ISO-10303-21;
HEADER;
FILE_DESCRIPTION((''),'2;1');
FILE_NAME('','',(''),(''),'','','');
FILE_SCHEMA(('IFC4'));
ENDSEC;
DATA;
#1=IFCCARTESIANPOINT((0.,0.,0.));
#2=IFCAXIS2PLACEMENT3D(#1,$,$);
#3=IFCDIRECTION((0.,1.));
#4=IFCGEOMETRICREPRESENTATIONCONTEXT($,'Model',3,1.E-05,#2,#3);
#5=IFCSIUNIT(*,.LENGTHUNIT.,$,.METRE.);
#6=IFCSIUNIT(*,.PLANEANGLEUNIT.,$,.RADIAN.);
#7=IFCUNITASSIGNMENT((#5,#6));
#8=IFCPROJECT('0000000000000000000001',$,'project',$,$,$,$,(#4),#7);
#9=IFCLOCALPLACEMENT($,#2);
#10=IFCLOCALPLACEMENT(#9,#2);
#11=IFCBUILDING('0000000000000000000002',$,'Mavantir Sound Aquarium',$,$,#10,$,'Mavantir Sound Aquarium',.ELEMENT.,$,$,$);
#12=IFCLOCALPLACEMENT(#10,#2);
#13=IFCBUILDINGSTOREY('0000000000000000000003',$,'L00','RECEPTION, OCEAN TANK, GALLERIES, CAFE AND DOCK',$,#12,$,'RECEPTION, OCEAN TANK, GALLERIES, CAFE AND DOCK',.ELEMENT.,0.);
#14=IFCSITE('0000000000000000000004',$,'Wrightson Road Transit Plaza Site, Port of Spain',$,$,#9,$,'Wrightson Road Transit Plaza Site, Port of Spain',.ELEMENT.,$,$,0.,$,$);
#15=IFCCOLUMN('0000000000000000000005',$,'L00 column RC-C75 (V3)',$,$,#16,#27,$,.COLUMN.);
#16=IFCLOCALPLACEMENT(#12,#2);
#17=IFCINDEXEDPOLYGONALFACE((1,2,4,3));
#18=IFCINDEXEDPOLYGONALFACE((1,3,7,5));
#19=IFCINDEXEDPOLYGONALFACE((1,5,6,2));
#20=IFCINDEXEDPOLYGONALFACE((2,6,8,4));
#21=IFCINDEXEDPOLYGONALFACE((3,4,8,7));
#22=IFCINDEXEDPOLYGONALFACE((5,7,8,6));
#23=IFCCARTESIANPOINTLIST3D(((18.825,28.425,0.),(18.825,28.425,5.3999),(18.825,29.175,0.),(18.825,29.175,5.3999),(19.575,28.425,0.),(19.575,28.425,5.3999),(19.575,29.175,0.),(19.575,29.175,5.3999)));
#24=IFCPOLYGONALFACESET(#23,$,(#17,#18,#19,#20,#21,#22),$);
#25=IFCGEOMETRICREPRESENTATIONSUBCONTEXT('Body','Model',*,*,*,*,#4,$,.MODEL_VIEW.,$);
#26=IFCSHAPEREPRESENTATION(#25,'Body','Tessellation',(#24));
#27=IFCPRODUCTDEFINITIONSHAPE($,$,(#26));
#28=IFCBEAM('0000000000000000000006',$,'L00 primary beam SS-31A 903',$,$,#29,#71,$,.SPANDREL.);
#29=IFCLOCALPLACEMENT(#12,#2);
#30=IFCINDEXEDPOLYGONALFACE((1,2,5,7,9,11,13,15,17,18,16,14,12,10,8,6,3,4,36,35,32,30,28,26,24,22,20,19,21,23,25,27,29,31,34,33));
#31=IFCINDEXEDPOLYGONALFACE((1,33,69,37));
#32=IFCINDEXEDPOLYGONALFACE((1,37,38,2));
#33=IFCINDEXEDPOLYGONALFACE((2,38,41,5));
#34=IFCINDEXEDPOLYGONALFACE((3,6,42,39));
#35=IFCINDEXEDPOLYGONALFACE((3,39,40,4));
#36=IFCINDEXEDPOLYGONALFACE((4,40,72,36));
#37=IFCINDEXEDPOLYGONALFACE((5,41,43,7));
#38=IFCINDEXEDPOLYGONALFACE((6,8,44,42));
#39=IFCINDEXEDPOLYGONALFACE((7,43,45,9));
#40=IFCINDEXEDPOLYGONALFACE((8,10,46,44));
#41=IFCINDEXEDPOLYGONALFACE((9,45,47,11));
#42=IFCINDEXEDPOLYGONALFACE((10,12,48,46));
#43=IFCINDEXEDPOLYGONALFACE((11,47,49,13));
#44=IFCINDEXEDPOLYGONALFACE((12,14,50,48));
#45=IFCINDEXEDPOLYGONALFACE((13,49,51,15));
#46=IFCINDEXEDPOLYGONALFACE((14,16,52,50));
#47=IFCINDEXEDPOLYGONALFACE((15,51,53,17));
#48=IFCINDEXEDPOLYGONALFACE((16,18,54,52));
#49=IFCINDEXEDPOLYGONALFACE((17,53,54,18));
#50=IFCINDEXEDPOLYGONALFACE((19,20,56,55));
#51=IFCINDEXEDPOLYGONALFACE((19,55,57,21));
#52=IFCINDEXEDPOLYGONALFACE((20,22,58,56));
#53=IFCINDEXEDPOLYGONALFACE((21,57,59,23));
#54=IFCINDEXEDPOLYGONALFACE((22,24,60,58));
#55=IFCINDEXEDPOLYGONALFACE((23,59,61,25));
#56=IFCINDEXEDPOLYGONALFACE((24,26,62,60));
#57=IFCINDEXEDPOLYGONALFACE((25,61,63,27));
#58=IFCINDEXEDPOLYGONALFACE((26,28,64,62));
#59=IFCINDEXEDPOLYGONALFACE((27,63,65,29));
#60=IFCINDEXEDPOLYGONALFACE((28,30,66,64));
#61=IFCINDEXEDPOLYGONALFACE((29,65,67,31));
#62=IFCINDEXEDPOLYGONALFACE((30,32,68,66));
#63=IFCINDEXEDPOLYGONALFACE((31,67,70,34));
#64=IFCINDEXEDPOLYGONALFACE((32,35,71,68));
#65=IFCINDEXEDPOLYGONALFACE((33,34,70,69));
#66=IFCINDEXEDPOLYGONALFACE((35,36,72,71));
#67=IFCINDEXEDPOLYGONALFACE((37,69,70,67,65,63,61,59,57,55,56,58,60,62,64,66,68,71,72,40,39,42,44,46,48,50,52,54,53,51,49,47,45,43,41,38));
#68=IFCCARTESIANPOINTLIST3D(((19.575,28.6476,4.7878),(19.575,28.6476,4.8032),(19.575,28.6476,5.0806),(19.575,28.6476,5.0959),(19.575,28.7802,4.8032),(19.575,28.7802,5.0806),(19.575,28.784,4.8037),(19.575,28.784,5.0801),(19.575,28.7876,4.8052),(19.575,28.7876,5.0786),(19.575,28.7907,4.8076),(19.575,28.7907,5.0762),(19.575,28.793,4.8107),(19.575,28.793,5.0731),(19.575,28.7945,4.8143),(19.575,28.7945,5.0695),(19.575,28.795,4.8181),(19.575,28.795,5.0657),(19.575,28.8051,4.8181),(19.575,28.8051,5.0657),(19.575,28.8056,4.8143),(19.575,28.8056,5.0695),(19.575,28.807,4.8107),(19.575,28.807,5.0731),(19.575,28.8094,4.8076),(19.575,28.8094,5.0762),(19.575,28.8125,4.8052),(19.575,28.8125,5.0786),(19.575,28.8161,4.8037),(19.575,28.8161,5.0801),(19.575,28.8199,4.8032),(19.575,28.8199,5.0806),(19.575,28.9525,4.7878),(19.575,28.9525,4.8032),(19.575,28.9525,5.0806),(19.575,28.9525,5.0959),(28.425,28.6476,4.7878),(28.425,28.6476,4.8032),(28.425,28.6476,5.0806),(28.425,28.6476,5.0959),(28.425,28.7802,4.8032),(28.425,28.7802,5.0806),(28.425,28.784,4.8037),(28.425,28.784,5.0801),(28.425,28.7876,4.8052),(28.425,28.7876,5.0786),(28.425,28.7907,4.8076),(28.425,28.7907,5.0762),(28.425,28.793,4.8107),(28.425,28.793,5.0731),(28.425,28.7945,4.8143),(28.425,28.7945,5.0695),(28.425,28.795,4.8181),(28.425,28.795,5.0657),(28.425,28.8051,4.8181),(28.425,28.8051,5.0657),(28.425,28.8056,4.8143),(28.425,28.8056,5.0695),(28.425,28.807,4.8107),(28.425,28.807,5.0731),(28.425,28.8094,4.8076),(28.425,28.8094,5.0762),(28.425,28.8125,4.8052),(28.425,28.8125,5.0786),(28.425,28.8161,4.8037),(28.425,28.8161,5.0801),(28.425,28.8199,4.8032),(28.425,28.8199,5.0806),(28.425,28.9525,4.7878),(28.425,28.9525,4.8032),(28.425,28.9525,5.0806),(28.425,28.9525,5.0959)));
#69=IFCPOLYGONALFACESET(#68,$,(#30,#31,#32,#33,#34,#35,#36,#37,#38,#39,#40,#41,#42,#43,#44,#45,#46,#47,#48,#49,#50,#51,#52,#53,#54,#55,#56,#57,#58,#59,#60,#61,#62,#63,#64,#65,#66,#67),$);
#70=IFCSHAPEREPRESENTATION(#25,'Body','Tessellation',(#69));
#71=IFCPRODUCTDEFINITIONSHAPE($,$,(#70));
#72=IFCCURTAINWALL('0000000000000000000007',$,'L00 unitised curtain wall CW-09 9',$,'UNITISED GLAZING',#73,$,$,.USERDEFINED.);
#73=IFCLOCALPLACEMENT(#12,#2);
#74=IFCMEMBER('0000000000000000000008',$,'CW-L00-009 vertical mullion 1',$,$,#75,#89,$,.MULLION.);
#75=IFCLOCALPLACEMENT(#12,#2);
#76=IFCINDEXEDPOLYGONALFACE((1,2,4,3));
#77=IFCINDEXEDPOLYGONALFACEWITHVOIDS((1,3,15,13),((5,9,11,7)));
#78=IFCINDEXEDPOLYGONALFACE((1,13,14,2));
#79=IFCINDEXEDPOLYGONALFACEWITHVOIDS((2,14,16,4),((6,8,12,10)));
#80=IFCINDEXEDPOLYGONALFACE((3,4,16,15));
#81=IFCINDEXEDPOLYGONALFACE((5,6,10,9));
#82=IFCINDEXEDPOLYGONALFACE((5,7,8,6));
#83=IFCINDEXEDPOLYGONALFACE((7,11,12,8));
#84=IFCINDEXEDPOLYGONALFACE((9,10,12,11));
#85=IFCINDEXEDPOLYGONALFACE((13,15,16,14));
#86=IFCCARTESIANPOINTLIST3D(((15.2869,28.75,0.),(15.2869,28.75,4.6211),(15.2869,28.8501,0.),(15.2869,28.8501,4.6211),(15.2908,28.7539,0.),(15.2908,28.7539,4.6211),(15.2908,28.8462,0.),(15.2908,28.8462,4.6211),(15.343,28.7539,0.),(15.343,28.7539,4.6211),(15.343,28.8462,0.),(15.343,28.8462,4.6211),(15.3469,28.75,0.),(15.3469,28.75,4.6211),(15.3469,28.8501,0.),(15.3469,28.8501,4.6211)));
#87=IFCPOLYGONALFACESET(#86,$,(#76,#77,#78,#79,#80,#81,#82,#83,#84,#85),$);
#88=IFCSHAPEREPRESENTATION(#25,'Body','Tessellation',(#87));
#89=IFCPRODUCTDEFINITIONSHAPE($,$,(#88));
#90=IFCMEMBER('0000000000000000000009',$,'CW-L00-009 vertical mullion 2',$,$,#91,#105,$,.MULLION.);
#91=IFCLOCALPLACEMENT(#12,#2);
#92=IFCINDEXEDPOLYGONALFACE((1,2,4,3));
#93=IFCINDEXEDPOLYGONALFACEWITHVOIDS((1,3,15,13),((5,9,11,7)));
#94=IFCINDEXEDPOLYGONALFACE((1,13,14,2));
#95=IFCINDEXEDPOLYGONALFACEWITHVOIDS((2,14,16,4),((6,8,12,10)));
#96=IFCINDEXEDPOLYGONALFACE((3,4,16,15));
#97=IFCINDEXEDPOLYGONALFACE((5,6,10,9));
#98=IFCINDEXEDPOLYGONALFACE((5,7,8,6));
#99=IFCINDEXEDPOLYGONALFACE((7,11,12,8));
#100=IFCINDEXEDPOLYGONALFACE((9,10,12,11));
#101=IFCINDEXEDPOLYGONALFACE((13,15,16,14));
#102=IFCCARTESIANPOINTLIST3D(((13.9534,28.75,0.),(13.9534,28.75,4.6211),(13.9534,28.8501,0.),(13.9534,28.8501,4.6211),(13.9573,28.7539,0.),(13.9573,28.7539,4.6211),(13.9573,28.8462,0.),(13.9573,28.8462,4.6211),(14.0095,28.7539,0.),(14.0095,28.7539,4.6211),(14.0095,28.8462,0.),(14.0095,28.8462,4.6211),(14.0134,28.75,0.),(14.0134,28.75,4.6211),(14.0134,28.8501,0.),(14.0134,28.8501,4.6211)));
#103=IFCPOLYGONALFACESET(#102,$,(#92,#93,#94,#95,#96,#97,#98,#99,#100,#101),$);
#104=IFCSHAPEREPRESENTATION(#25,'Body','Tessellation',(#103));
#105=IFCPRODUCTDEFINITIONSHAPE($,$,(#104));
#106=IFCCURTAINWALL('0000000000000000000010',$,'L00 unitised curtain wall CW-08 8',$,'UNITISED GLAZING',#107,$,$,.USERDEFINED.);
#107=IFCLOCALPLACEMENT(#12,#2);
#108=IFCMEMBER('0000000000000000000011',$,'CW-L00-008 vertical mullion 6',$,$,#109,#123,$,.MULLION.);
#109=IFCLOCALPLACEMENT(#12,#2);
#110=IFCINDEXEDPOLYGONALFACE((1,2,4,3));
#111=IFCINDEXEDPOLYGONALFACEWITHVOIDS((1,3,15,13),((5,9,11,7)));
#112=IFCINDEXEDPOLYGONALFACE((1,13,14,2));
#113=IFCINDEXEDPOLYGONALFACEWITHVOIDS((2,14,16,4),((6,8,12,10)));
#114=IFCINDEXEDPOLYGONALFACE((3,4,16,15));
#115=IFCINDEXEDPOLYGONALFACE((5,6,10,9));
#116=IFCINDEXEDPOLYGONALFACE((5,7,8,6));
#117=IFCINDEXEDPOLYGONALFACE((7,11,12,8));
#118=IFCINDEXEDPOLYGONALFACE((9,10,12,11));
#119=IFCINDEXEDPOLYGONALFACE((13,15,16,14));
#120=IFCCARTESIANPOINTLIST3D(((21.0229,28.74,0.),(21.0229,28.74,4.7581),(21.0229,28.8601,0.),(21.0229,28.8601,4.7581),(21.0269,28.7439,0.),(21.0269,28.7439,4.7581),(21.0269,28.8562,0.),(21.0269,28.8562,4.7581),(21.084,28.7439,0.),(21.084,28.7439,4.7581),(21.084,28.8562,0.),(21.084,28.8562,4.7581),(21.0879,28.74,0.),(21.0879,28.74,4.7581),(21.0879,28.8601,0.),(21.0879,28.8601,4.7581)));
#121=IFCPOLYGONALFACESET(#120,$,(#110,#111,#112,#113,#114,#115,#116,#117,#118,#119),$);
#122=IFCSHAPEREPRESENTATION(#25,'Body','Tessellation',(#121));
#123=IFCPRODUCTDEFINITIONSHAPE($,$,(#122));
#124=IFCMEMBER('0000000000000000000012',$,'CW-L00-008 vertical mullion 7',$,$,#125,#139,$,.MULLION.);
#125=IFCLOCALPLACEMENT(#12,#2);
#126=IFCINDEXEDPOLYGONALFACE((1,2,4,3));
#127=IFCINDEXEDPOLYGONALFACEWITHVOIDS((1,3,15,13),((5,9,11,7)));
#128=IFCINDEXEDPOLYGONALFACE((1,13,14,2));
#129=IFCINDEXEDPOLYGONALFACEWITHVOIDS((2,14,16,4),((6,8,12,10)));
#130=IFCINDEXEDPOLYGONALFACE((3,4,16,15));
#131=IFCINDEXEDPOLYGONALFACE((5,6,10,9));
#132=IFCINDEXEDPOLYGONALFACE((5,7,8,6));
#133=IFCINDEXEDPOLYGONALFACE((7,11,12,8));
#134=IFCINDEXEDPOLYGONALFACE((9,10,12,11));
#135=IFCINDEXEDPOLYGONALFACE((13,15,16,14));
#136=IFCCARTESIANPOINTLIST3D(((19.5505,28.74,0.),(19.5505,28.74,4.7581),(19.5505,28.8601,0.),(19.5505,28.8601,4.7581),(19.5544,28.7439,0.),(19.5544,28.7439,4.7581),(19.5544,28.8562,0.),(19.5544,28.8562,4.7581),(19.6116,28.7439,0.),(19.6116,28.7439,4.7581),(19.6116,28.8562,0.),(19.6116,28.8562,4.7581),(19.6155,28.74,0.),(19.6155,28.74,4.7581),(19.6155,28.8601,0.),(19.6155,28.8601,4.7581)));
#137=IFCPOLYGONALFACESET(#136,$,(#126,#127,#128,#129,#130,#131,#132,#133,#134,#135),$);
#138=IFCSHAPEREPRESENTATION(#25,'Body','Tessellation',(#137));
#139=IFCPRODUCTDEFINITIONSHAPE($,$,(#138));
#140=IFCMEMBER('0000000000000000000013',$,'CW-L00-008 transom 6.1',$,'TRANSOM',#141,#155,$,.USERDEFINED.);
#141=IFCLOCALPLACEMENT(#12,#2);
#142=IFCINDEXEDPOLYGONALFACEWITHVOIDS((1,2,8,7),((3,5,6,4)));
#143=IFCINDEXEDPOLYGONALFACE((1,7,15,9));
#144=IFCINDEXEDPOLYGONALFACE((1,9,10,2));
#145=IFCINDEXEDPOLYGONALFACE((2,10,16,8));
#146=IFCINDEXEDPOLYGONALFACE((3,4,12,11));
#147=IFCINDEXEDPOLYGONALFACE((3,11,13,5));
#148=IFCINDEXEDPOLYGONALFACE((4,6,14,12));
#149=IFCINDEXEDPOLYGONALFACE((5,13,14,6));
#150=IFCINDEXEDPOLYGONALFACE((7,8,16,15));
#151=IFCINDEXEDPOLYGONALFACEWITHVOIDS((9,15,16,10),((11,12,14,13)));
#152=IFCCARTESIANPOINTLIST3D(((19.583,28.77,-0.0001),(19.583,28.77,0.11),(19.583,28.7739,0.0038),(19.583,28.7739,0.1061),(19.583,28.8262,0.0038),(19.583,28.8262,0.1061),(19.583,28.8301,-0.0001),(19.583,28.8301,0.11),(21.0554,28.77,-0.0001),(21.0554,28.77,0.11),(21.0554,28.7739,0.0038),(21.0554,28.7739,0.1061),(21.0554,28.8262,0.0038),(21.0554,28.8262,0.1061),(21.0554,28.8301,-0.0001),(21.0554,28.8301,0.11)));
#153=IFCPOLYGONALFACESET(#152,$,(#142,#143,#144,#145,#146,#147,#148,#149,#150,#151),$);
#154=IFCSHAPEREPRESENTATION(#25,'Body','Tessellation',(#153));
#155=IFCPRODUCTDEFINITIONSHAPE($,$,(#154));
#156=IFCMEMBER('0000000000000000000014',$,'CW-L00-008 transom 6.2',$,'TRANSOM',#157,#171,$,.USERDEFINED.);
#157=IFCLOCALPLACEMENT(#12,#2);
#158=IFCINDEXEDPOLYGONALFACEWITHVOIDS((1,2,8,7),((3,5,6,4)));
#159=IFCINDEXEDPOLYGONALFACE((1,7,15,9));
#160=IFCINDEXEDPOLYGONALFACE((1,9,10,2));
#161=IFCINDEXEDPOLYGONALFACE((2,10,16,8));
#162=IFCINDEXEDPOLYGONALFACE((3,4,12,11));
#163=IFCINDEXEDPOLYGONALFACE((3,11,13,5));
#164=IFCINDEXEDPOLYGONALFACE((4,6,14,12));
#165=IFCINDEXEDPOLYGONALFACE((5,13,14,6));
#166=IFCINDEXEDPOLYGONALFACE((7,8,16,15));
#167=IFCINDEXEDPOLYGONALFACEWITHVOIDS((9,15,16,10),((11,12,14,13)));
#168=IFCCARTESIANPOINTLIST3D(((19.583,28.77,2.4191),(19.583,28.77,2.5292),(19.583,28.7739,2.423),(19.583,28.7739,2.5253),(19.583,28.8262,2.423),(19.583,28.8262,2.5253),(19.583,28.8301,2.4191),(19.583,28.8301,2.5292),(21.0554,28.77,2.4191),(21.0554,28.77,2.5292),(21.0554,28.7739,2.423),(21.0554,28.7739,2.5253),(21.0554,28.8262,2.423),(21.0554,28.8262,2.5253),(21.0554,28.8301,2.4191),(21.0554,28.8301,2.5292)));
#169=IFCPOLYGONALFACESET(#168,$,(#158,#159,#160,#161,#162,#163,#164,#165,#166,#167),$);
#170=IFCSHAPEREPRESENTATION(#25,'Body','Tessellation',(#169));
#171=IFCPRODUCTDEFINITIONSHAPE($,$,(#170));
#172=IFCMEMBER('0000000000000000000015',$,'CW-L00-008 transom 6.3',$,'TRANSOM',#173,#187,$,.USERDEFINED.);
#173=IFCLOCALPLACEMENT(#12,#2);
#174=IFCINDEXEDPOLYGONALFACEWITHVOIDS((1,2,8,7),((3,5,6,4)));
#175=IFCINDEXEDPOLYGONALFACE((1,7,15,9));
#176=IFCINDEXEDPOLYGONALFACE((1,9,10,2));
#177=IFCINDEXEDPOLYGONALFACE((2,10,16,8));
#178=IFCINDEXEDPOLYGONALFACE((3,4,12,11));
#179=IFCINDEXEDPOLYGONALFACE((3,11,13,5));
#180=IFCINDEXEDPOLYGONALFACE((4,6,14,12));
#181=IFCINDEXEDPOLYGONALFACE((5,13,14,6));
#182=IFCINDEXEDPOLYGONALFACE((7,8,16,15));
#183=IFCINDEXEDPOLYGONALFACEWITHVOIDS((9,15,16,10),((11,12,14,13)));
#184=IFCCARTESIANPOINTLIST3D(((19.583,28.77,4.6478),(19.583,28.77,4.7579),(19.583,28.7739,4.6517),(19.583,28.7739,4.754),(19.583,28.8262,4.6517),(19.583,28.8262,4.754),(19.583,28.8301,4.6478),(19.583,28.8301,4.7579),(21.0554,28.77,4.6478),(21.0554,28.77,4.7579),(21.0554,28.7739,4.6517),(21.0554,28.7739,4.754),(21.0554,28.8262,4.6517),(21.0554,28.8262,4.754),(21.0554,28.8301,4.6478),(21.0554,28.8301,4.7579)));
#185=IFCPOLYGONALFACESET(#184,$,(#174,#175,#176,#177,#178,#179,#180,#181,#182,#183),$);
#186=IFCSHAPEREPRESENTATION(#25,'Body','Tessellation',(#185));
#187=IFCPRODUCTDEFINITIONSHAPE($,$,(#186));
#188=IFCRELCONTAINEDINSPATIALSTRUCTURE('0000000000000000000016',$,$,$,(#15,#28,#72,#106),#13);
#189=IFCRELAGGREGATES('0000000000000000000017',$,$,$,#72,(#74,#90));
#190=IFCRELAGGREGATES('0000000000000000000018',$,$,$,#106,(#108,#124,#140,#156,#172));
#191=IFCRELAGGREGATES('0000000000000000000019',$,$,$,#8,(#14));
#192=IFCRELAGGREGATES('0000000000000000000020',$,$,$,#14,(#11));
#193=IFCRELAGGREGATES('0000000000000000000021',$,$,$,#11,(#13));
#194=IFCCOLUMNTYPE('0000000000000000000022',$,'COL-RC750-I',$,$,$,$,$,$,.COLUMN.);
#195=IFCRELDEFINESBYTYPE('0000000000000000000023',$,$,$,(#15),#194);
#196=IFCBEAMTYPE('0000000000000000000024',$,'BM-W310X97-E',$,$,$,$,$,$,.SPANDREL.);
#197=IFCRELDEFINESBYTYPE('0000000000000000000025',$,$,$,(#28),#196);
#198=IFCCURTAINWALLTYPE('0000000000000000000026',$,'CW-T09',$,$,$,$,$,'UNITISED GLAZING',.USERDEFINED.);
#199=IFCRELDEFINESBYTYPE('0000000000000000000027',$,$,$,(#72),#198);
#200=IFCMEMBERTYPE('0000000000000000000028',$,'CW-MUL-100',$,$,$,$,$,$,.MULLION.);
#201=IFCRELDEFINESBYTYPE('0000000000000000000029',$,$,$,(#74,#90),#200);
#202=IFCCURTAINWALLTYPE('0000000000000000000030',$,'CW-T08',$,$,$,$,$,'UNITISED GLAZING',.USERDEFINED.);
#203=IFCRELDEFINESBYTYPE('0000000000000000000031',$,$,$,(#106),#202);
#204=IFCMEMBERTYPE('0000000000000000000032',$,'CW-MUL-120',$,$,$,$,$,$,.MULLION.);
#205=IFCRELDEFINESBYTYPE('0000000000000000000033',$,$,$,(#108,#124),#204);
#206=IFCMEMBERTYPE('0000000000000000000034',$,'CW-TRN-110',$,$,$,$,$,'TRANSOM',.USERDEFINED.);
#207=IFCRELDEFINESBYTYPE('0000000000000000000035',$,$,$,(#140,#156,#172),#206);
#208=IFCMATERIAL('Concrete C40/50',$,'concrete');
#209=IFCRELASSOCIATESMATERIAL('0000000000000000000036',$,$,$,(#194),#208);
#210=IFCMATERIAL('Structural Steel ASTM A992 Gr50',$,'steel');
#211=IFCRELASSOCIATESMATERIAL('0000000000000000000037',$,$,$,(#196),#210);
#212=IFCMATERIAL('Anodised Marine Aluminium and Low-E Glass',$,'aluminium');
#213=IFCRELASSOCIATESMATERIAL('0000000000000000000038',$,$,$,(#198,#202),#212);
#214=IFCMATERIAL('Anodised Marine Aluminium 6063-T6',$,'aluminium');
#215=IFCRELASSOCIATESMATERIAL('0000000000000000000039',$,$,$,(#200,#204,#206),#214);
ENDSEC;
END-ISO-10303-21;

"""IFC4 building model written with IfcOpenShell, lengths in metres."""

from ifc_helpers import new_model, si_unit, direction, frame, origin, origin_2d, place, context, subcontext, project, spatial, rectangle, hollow_rectangle, i_section, extrude, material, material_profile, profile_set, type_object, element, aggregate, save


model = new_model("IFC4")

# Units and contexts
model_context = context("Model", 3, precision=1e-05, world=origin(), true_north=direction((0.0, 1.0)))
body_context = subcontext(model_context, "Body", "Model", "MODEL_VIEW")
ifc_project = project(units=[si_unit("LENGTHUNIT", "METRE"), si_unit("PLANEANGLEUNIT", "RADIAN")], contexts=[model_context])

# Site, building, storey
site_placement = place(None, origin())
site = spatial("IfcSite", under=ifc_project, at=site_placement, Name="Wrightson Road Transit Plaza Site, Port of Spain", LongName="Wrightson Road Transit Plaza Site, Port of Spain", CompositionType="ELEMENT", RefElevation=0.0)
building_placement = place(site_placement, origin())
building = spatial("IfcBuilding", under=site, at=building_placement, Name="Mavantir Sound Aquarium", LongName="Mavantir Sound Aquarium", CompositionType="ELEMENT")
storey_placement = place(building_placement, origin())
storey = spatial("IfcBuildingStorey", under=building, at=storey_placement, Name="L00", Description="RECEPTION, OCEAN TANK, GALLERIES, CAFE AND DOCK", LongName="RECEPTION, OCEAN TANK, GALLERIES, CAFE AND DOCK", CompositionType="ELEMENT", Elevation=0.0)

# Column
ifc_material_1 = material(Name="Concrete C40/50", Category="concrete")
ifc_material_profile_1 = material_profile(ifc_material_1, rectangle(XDim=0.75, YDim=0.75, at=origin_2d()), Name="RC 750X750")
ifc_profile_set_1 = profile_set([ifc_material_profile_1], Name="Concrete C40/50")
column_type = type_object("IfcColumnType", Name="COL-RC750-I", PredefinedType="COLUMN", material=ifc_profile_set_1)
column_placement = place(storey_placement, frame((19.2, 28.8, 0.0), z_axis=(0.0, 0.0, 1.0), x_axis=(1.0, 0.0, 0.0)))
element("IfcColumn", 1, at=column_placement, inside=storey, type_object=column_type, Name="L00 column RC-C75 (V3)", PredefinedType="COLUMN", context=body_context, shape_type="SweptSolid", body=[
    extrude(rectangle(XDim=0.75, YDim=0.75, at=origin_2d()), origin(), (0.0, 0.0, 1.0), 5.3999),
])

# Beam
ifc_material_2 = material(Name="Structural Steel ASTM A992 Gr50", Category="steel")
ifc_material_profile_2 = material_profile(ifc_material_2, i_section(OverallWidth=0.3049, OverallDepth=0.3081, WebThickness=0.01, FlangeThickness=0.0154, FilletRadius=0.0149, at=origin_2d()), Name="W310X97")
ifc_profile_set_2 = profile_set([ifc_material_profile_2], Name="Structural Steel ASTM A992 Gr50")
beam_type = type_object("IfcBeamType", Name="BM-W310X97-E", PredefinedType="SPANDREL", material=ifc_profile_set_2)
beam_placement = place(storey_placement, frame((19.575, 28.8, 4.9419), z_axis=(1.0, 0.0, 0.0), x_axis=(0.0, 1.0, 0.0)))
element("IfcBeam", 2, at=beam_placement, inside=storey, type_object=beam_type, Name="L00 primary beam SS-31A 903", PredefinedType="SPANDREL", context=body_context, shape_type="SweptSolid", body=[
    extrude(i_section(OverallWidth=0.3049, OverallDepth=0.3081, WebThickness=0.01, FlangeThickness=0.0154, FilletRadius=0.0149, at=origin_2d()), origin(), (0.0, 0.0, 1.0), 8.8501),
])

# Curtain walls, members
ifc_material_3 = material(Name="Anodised Marine Aluminium and Low-E Glass", Category="aluminium")
curtain_wall_type_1 = type_object("IfcCurtainWallType", Name="CW-T09", ElementType="UNITISED GLAZING", PredefinedType="USERDEFINED", material=ifc_material_3)
curtain_wall_1_placement = place(storey_placement, origin())
curtain_wall_1 = element("IfcCurtainWall", 3, at=curtain_wall_1_placement, inside=storey, type_object=curtain_wall_type_1, Name="L00 unitised curtain wall CW-09 9", ObjectType="UNITISED GLAZING", PredefinedType="USERDEFINED")
ifc_material_4 = material(Name="Anodised Marine Aluminium 6063-T6", Category="aluminium")
ifc_material_profile_3 = material_profile(ifc_material_4, hollow_rectangle(XDim=0.0601, YDim=0.1001, WallThickness=0.0039, at=origin_2d()), Name="ALU-MULLION-100X60")
ifc_profile_set_3 = profile_set([ifc_material_profile_3], Name="Anodised Marine Aluminium 6063-T6")
member_type_1 = type_object("IfcMemberType", Name="CW-MUL-100", PredefinedType="MULLION", material=ifc_profile_set_3)
member_1_placement = place(storey_placement, frame((15.3169, 28.8, 0.0), z_axis=(0.0, 0.0, 1.0), x_axis=(1.0, 0.0, 0.0)))
member_1 = element("IfcMember", 4, at=member_1_placement, type_object=member_type_1, Name="CW-L00-009 vertical mullion 1", PredefinedType="MULLION", context=body_context, shape_type="SweptSolid", body=[
    extrude(hollow_rectangle(XDim=0.0601, YDim=0.1001, WallThickness=0.0039, at=origin_2d()), origin(), (0.0, 0.0, 1.0), 4.6211),
])
member_2_placement = place(storey_placement, frame((13.9834, 28.8, 0.0), z_axis=(0.0, 0.0, 1.0), x_axis=(1.0, 0.0, 0.0)))
member_2 = element("IfcMember", 5, at=member_2_placement, type_object=member_type_1, Name="CW-L00-009 vertical mullion 2", PredefinedType="MULLION", context=body_context, shape_type="SweptSolid", body=[
    extrude(hollow_rectangle(XDim=0.0601, YDim=0.1001, WallThickness=0.0039, at=origin_2d()), origin(), (0.0, 0.0, 1.0), 4.6211),
])
curtain_wall_type_2 = type_object("IfcCurtainWallType", Name="CW-T08", ElementType="UNITISED GLAZING", PredefinedType="USERDEFINED", material=ifc_material_3)
curtain_wall_2_placement = place(storey_placement, origin())
curtain_wall_2 = element("IfcCurtainWall", 6, at=curtain_wall_2_placement, inside=storey, type_object=curtain_wall_type_2, Name="L00 unitised curtain wall CW-08 8", ObjectType="UNITISED GLAZING", PredefinedType="USERDEFINED")
ifc_material_profile_4 = material_profile(ifc_material_4, hollow_rectangle(XDim=0.0649, YDim=0.1201, WallThickness=0.0039, at=origin_2d()), Name="ALU-MULLION-120X65")
ifc_profile_set_4 = profile_set([ifc_material_profile_4], Name="Anodised Marine Aluminium 6063-T6")
member_type_2 = type_object("IfcMemberType", Name="CW-MUL-120", PredefinedType="MULLION", material=ifc_profile_set_4)
member_3_placement = place(storey_placement, frame((21.0554, 28.8, 0.0), z_axis=(0.0, 0.0, 1.0), x_axis=(1.0, 0.0, 0.0)))
member_3 = element("IfcMember", 7, at=member_3_placement, type_object=member_type_2, Name="CW-L00-008 vertical mullion 6", PredefinedType="MULLION", context=body_context, shape_type="SweptSolid", body=[
    extrude(hollow_rectangle(XDim=0.0649, YDim=0.1201, WallThickness=0.0039, at=origin_2d()), origin(), (0.0, 0.0, 1.0), 4.7581),
])
member_4_placement = place(storey_placement, frame((19.583, 28.8, 0.0), z_axis=(0.0, 0.0, 1.0), x_axis=(1.0, 0.0, 0.0)))
member_4 = element("IfcMember", 8, at=member_4_placement, type_object=member_type_2, Name="CW-L00-008 vertical mullion 7", PredefinedType="MULLION", context=body_context, shape_type="SweptSolid", body=[
    extrude(hollow_rectangle(XDim=0.0649, YDim=0.1201, WallThickness=0.0039, at=origin_2d()), origin(), (0.0, 0.0, 1.0), 4.7581),
])
ifc_material_profile_5 = material_profile(ifc_material_4, hollow_rectangle(XDim=0.0601, YDim=0.1101, WallThickness=0.0039, at=origin_2d()), Name="ALU-TRANSOM-110X60")
ifc_profile_set_5 = profile_set([ifc_material_profile_5], Name="Anodised Marine Aluminium 6063-T6")
member_type_3 = type_object("IfcMemberType", Name="CW-TRN-110", ElementType="TRANSOM", PredefinedType="USERDEFINED", material=ifc_profile_set_5)
member_5_placement = place(storey_placement, frame((21.0554, 28.8, 0.0549), z_axis=(-1.0, 0.0, 0.0), x_axis=(0.0, -1.0, 0.0)))
member_5 = element("IfcMember", 9, at=member_5_placement, type_object=member_type_3, Name="CW-L00-008 transom 6.1", ObjectType="TRANSOM", PredefinedType="USERDEFINED", context=body_context, shape_type="SweptSolid", body=[
    extrude(hollow_rectangle(XDim=0.0601, YDim=0.1101, WallThickness=0.0039, at=origin_2d()), origin(), (0.0, 0.0, 1.0), 1.4724),
])
member_6_placement = place(storey_placement, frame((21.0554, 28.8, 2.4741), z_axis=(-1.0, 0.0, 0.0), x_axis=(0.0, -1.0, 0.0)))
member_6 = element("IfcMember", 10, at=member_6_placement, type_object=member_type_3, Name="CW-L00-008 transom 6.2", ObjectType="TRANSOM", PredefinedType="USERDEFINED", context=body_context, shape_type="SweptSolid", body=[
    extrude(hollow_rectangle(XDim=0.0601, YDim=0.1101, WallThickness=0.0039, at=origin_2d()), origin(), (0.0, 0.0, 1.0), 1.4724),
])
member_7_placement = place(storey_placement, frame((21.0554, 28.8, 4.7029), z_axis=(-1.0, 0.0, 0.0), x_axis=(0.0, -1.0, 0.0)))
member_7 = element("IfcMember", 11, at=member_7_placement, type_object=member_type_3, Name="CW-L00-008 transom 6.3", ObjectType="TRANSOM", PredefinedType="USERDEFINED", context=body_context, shape_type="SweptSolid", body=[
    extrude(hollow_rectangle(XDim=0.0601, YDim=0.1101, WallThickness=0.0039, at=origin_2d()), origin(), (0.0, 0.0, 1.0), 1.4724),
])

aggregate(curtain_wall_1, [member_1, member_2])
aggregate(curtain_wall_2, [member_3, member_4, member_5, member_6, member_7])

save(model, "model.ifc")
